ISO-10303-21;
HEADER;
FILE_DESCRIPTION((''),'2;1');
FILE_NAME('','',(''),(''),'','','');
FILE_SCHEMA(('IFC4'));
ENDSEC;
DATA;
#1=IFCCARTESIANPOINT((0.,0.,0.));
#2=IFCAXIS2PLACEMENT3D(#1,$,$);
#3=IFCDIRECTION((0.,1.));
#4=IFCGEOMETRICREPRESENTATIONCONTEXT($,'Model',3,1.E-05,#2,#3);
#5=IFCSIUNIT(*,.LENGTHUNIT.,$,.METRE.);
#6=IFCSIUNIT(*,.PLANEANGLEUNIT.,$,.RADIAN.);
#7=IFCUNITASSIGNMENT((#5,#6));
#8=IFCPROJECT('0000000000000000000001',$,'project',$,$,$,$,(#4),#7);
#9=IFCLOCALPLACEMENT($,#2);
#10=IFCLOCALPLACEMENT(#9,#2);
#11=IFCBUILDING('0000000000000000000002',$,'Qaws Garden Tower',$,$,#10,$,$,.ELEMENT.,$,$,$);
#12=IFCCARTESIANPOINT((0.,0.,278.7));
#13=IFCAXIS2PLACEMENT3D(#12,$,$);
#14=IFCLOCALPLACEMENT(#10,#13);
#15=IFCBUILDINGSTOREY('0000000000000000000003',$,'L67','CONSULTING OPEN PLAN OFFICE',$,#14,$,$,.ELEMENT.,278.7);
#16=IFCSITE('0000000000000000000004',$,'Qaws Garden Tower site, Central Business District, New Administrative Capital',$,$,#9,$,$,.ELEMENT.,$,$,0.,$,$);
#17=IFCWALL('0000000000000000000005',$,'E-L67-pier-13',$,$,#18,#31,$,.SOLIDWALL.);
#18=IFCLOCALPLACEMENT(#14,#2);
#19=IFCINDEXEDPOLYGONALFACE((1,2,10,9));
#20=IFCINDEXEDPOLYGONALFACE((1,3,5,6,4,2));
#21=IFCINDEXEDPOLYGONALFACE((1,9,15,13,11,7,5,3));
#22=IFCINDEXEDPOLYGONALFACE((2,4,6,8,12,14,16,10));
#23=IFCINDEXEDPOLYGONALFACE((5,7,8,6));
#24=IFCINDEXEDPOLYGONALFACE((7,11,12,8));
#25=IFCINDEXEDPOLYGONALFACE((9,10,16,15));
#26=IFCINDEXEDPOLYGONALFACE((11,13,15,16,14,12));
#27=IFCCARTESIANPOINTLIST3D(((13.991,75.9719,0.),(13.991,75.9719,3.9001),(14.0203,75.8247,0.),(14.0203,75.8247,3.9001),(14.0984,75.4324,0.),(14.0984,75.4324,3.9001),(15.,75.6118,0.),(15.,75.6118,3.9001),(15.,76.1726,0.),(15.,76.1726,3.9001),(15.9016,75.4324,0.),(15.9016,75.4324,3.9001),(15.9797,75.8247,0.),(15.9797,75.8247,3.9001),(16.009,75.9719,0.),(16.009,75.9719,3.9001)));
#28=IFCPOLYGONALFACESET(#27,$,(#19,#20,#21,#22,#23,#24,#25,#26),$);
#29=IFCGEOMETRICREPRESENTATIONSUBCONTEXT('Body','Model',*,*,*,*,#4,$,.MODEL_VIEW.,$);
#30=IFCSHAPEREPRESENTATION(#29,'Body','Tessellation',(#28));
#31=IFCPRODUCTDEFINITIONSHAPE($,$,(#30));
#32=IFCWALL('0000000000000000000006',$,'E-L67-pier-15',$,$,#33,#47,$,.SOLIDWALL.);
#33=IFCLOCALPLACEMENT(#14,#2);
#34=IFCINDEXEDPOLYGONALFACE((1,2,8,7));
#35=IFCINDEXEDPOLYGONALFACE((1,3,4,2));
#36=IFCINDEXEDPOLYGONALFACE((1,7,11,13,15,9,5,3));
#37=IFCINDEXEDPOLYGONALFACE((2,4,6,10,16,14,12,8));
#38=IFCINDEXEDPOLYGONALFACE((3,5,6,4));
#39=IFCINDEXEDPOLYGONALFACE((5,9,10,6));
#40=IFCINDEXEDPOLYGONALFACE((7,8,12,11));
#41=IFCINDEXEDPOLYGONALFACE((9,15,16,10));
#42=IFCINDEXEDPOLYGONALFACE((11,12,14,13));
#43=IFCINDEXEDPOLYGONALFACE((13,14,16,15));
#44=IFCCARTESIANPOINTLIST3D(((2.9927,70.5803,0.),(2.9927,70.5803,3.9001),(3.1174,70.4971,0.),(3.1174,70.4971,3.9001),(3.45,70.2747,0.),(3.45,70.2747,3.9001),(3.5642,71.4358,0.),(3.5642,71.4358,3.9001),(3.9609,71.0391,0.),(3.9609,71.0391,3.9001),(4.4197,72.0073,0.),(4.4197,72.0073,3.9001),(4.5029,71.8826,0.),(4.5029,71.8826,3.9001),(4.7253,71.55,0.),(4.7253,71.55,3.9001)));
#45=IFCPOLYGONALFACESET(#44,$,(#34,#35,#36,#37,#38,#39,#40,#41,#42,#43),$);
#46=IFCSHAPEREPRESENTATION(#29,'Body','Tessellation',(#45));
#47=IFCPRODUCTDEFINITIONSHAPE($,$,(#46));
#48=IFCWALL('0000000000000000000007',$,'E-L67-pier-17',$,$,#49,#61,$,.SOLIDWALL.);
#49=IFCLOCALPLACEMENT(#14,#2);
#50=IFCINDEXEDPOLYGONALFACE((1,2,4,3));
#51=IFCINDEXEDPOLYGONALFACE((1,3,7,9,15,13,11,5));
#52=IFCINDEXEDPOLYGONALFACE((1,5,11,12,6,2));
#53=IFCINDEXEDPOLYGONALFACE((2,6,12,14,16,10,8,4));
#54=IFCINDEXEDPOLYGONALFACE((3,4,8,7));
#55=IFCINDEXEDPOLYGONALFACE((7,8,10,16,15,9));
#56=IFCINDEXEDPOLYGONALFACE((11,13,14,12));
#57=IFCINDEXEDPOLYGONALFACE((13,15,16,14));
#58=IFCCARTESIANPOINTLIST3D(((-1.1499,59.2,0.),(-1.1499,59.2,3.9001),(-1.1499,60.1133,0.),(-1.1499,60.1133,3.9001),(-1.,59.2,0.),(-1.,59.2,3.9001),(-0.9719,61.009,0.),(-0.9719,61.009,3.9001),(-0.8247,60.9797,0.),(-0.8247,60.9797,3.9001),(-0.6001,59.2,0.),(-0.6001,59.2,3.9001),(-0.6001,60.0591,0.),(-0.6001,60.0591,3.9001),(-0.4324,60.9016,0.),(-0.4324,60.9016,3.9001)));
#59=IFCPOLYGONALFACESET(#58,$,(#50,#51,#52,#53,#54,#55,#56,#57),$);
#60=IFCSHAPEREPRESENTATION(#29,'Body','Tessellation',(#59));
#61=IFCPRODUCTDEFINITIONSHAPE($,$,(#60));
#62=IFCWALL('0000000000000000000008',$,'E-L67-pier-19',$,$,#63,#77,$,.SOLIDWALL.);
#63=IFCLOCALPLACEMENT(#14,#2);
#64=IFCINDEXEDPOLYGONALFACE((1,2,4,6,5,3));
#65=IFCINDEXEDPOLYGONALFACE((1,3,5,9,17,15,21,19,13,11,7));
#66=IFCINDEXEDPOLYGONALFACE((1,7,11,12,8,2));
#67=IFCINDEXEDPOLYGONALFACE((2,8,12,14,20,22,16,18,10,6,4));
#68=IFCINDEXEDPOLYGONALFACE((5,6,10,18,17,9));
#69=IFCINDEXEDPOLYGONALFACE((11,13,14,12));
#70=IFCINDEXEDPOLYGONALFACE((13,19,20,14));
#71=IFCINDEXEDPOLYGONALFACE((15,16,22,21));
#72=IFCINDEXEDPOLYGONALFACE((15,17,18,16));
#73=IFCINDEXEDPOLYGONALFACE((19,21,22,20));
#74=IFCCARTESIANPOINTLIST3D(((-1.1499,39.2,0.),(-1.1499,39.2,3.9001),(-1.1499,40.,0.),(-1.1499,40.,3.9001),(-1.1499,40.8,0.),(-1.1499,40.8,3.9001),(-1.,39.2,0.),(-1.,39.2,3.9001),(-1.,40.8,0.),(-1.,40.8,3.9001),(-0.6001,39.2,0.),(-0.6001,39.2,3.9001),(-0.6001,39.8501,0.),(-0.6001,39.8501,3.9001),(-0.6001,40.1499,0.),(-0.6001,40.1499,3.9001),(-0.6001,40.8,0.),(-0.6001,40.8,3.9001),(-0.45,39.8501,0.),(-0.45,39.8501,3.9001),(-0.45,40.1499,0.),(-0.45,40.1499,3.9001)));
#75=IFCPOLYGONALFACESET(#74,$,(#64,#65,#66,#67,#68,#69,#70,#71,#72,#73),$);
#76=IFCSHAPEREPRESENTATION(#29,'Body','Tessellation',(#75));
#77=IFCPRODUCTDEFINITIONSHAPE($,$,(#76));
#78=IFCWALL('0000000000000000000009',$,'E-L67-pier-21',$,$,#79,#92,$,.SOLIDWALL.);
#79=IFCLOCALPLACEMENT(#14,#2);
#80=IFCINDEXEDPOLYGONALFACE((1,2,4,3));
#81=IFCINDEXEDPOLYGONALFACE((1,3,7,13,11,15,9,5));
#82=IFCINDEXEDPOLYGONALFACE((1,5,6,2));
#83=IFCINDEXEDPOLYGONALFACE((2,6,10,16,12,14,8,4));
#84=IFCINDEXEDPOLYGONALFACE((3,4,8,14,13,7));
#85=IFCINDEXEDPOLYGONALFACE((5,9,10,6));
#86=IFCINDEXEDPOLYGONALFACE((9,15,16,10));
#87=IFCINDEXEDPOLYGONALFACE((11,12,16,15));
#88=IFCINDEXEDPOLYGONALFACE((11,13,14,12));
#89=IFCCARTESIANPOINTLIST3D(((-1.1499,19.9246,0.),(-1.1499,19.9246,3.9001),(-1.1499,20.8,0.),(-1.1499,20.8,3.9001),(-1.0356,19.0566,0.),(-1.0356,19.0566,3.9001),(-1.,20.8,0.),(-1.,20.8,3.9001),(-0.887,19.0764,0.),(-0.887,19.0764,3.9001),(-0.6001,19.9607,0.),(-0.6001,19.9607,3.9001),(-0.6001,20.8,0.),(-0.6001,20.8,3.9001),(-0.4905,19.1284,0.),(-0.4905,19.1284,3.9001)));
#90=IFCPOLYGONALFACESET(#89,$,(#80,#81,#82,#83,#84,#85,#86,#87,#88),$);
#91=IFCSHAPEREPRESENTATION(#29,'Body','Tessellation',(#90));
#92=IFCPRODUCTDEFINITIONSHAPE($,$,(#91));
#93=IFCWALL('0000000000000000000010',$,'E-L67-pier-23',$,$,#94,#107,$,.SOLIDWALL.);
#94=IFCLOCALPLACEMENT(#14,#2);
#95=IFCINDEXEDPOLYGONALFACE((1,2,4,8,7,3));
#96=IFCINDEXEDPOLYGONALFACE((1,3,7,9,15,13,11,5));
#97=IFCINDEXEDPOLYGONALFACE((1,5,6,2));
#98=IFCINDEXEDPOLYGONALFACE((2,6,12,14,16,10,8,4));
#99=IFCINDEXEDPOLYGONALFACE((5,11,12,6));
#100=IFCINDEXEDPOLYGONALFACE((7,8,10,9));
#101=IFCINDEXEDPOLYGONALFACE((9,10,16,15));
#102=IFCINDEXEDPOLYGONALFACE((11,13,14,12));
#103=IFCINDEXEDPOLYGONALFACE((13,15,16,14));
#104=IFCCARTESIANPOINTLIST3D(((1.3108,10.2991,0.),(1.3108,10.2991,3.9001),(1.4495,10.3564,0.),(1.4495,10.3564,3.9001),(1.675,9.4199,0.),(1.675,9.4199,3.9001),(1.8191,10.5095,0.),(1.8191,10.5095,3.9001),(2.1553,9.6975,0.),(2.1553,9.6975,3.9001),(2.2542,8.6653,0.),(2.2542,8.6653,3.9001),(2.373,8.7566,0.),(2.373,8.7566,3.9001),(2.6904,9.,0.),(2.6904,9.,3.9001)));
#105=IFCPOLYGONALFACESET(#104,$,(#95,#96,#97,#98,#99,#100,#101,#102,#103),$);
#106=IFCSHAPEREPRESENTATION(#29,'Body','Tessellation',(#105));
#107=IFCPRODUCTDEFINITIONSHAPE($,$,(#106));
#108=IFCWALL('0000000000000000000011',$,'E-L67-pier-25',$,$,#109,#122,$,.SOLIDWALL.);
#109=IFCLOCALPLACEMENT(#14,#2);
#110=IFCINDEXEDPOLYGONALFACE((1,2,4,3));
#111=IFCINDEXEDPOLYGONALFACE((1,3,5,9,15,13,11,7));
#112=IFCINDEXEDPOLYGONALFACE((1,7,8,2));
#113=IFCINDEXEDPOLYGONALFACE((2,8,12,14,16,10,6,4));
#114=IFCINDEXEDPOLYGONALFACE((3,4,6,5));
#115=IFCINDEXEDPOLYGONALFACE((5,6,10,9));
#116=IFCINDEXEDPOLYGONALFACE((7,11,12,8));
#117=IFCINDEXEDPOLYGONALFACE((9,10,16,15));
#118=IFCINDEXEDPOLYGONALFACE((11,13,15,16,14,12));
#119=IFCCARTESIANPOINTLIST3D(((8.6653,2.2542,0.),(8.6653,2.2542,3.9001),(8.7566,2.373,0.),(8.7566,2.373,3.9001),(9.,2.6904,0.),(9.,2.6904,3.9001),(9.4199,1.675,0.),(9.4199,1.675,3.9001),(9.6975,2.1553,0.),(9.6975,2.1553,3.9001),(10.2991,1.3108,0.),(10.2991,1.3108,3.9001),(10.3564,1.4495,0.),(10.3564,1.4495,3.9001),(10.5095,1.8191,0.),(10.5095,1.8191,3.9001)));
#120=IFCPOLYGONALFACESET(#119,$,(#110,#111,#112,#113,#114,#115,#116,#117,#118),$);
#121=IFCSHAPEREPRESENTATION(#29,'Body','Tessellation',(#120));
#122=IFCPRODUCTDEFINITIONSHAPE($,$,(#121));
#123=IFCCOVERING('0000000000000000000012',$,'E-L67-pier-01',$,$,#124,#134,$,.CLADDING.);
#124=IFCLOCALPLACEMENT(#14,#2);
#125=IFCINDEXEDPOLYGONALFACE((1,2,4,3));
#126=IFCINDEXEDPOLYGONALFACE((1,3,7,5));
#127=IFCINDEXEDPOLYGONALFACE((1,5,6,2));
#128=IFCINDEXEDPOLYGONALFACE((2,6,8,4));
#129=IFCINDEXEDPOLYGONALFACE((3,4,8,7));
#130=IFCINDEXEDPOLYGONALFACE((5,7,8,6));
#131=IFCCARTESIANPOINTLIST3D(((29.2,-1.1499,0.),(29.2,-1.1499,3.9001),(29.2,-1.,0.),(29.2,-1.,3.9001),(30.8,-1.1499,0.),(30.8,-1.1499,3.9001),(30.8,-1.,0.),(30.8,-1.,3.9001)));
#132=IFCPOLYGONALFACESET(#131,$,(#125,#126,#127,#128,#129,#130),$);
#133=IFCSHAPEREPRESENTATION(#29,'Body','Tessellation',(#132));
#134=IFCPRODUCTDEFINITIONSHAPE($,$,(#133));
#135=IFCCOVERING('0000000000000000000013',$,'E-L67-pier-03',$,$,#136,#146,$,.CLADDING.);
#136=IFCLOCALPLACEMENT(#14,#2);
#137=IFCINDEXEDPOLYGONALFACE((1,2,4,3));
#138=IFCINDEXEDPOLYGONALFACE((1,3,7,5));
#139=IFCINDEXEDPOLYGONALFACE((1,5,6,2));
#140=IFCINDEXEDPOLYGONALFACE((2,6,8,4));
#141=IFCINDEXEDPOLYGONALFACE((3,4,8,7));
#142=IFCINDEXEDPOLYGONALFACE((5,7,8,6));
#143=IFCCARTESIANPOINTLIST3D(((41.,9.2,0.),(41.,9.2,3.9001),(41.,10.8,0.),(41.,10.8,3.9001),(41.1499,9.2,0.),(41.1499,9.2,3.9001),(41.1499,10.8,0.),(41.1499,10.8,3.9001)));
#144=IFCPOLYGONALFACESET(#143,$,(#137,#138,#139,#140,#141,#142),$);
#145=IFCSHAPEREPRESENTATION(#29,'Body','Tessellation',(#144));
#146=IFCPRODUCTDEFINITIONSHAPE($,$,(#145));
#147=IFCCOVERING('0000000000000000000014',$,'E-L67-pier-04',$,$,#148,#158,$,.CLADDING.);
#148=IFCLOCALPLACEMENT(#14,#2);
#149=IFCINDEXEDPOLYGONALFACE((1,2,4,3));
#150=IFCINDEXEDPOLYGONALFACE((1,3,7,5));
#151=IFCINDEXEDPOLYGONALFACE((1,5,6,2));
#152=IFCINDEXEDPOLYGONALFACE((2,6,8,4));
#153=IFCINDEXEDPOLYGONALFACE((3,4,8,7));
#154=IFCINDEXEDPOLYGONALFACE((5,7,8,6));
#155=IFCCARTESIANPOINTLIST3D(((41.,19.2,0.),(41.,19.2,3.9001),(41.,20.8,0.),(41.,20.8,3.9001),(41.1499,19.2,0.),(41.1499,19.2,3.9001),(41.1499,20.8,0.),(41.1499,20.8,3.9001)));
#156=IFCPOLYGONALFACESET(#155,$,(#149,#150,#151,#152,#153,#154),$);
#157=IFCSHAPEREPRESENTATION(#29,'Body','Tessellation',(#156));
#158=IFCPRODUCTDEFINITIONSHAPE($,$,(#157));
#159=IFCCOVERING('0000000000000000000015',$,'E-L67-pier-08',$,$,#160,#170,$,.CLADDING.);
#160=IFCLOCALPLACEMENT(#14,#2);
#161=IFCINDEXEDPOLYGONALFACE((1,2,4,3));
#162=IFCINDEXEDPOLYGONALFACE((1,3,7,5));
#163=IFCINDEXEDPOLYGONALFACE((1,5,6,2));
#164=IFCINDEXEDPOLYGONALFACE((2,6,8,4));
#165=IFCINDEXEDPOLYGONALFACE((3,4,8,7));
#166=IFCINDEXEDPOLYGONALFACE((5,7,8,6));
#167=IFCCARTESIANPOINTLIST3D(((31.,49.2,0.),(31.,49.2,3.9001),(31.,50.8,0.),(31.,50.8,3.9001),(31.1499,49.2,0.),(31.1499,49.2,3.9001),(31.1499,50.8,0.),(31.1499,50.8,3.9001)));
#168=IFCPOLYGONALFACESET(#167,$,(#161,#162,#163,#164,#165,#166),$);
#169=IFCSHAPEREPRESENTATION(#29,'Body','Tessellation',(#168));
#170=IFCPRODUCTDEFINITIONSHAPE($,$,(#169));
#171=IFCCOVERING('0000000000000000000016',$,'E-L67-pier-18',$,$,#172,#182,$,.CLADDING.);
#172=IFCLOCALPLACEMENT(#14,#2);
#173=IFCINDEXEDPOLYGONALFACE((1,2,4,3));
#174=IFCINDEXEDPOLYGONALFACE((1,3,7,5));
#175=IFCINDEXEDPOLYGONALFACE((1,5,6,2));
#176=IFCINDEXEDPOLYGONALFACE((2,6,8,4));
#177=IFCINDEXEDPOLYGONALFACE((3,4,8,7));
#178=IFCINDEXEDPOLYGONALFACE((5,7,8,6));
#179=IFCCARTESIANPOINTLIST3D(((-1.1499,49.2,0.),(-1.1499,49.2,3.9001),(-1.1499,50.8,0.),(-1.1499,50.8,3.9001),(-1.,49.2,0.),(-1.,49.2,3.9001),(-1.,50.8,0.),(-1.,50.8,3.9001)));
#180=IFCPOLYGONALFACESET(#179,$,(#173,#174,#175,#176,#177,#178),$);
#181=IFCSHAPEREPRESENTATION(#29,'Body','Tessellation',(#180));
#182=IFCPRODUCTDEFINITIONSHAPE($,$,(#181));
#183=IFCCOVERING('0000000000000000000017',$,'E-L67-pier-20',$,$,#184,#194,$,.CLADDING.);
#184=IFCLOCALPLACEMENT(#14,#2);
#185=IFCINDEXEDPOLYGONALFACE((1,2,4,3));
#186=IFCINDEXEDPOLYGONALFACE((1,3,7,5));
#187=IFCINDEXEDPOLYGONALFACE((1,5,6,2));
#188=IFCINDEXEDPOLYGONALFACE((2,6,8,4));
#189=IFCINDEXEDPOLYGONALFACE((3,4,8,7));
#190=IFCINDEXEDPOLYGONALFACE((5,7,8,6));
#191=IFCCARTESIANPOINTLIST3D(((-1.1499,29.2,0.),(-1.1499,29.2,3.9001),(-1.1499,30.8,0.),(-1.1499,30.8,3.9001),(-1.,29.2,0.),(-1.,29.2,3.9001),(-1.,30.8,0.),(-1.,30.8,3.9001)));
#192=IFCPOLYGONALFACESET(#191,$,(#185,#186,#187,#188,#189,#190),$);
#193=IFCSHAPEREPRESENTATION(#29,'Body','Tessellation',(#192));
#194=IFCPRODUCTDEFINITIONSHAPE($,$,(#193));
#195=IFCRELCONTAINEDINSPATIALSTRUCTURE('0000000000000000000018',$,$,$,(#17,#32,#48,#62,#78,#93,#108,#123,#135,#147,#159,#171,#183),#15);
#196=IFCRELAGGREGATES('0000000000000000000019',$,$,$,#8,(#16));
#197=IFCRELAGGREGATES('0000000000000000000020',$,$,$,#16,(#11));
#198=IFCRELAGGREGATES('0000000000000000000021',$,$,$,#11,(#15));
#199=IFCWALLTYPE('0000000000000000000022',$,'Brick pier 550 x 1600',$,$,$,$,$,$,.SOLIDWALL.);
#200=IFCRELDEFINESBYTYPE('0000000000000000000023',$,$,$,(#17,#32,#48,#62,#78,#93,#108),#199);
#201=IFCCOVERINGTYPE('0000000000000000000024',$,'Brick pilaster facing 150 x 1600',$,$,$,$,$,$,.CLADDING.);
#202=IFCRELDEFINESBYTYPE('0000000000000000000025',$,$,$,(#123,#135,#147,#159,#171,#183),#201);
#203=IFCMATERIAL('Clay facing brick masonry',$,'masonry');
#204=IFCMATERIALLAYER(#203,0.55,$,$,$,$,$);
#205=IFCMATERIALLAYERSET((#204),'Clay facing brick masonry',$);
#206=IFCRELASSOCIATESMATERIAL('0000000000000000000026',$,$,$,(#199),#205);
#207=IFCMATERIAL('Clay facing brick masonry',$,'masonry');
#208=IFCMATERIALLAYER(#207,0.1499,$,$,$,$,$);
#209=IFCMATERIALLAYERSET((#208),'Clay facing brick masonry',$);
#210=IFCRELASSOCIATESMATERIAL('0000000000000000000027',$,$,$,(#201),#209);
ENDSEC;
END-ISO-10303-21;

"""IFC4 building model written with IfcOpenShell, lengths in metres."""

from ifc_helpers import new_model, si_unit, direction, frame, origin, place, context, subcontext, project, spatial, polyline, outline, extrude, material, layer, layer_set, type_object, element, save


model = new_model("IFC4")

# Units and contexts
model_context = context("Model", 3, precision=1e-05, world=origin(), true_north=direction((0.0, 1.0)))
body_context = subcontext(model_context, "Body", "Model", "MODEL_VIEW")
ifc_project = project(units=[si_unit("LENGTHUNIT", "METRE"), si_unit("PLANEANGLEUNIT", "RADIAN")], contexts=[model_context])

# Site, building, storey
site_placement = place(None, origin())
site = spatial("IfcSite", under=ifc_project, at=site_placement, Name="Qaws Garden Tower site, Central Business District, New Administrative Capital", CompositionType="ELEMENT", RefElevation=0.0)
building_placement = place(site_placement, origin())
building = spatial("IfcBuilding", under=site, at=building_placement, Name="Qaws Garden Tower", CompositionType="ELEMENT")
storey_placement = place(building_placement, frame((0.0, 0.0, 278.7)))
storey = spatial("IfcBuildingStorey", under=building, at=storey_placement, Name="L67", Description="CONSULTING OPEN PLAN OFFICE", CompositionType="ELEMENT", Elevation=278.7)

# Walls
placement_1 = place(storey_placement, origin())
ifc_material_1 = material(Name="Clay facing brick masonry", Category="masonry")
ifc_layer_1 = layer(ifc_material_1, 0.55)
ifc_layer_set_1 = layer_set([ifc_layer_1], Name="Clay facing brick masonry")
wall_type_1 = type_object("IfcWallType", Name="Brick pier 550 x 1600", PredefinedType="SOLIDWALL", material=ifc_layer_set_1)
element("IfcWall", 1, at=placement_1, inside=storey, type_object=wall_type_1, Name="E-L67-pier-13", PredefinedType="SOLIDWALL", context=body_context, shape_type="SweptSolid", body=[
    extrude(outline(polyline([(15.9797, 75.8247), (16.009, 75.9719), (15.0, 76.1726), (13.991, 75.9719), (14.0203, 75.8247), (14.0984, 75.4324), (15.0, 75.6118), (15.9016, 75.4324), (15.9797, 75.8247)])), origin(), (0.0, 0.0, 1.0), 3.9001),
])
element("IfcWall", 2, at=placement_1, inside=storey, type_object=wall_type_1, Name="E-L67-pier-15", PredefinedType="SOLIDWALL", context=body_context, shape_type="SweptSolid", body=[
    extrude(outline(polyline([(4.5029, 71.8826), (4.4197, 72.0073), (3.5642, 71.4358), (2.9927, 70.5803), (3.1174, 70.4971), (3.45, 70.2747), (3.9609, 71.0391), (4.7253, 71.55), (4.5029, 71.8826)])), origin(), (0.0, 0.0, 1.0), 3.9001),
])
element("IfcWall", 3, at=placement_1, inside=storey, type_object=wall_type_1, Name="E-L67-pier-17", PredefinedType="SOLIDWALL", context=body_context, shape_type="SweptSolid", body=[
    extrude(outline(polyline([(-0.8247, 60.9797), (-0.9719, 61.009), (-1.1499, 60.1133), (-1.1499, 59.2), (-1.0, 59.2), (-0.6001, 59.2), (-0.6001, 60.0591), (-0.4324, 60.9016), (-0.8247, 60.9797)])), origin(), (0.0, 0.0, 1.0), 3.9001),
])
element("IfcWall", 4, at=placement_1, inside=storey, type_object=wall_type_1, Name="E-L67-pier-19", PredefinedType="SOLIDWALL", context=body_context, shape_type="SweptSolid", body=[
    extrude(outline(polyline([(-0.6001, 39.2), (-0.6001, 39.8501), (-0.45, 39.8501), (-0.45, 40.1499), (-0.6001, 40.1499), (-0.6001, 40.8), (-1.0, 40.8), (-1.1499, 40.8), (-1.1499, 40.0), (-1.1499, 39.2), (-1.0, 39.2), (-0.6001, 39.2)])), origin(), (0.0, 0.0, 1.0), 3.9001),
])
element("IfcWall", 5, at=placement_1, inside=storey, type_object=wall_type_1, Name="E-L67-pier-21", PredefinedType="SOLIDWALL", context=body_context, shape_type="SweptSolid", body=[
    extrude(outline(polyline([(-1.0, 20.8), (-1.1499, 20.8), (-1.1499, 19.9246), (-1.0356, 19.0566), (-0.887, 19.0764), (-0.4905, 19.1284), (-0.6001, 19.9607), (-0.6001, 20.8), (-1.0, 20.8)])), origin(), (0.0, 0.0, 1.0), 3.9001),
])
element("IfcWall", 6, at=placement_1, inside=storey, type_object=wall_type_1, Name="E-L67-pier-23", PredefinedType="SOLIDWALL", context=body_context, shape_type="SweptSolid", body=[
    extrude(outline(polyline([(1.4495, 10.3564), (1.3108, 10.2991), (1.675, 9.4199), (2.2542, 8.6653), (2.373, 8.7566), (2.6904, 9.0), (2.1553, 9.6975), (1.8191, 10.5095), (1.4495, 10.3564)])), origin(), (0.0, 0.0, 1.0), 3.9001),
])
element("IfcWall", 7, at=placement_1, inside=storey, type_object=wall_type_1, Name="E-L67-pier-25", PredefinedType="SOLIDWALL", context=body_context, shape_type="SweptSolid", body=[
    extrude(outline(polyline([(8.7566, 2.373), (8.6653, 2.2542), (9.4199, 1.675), (10.2991, 1.3108), (10.3564, 1.4495), (10.5095, 1.8191), (9.6975, 2.1553), (9.0, 2.6904), (8.7566, 2.373)])), origin(), (0.0, 0.0, 1.0), 3.9001),
])

# Coverings
ifc_material_2 = material(Name="Clay facing brick masonry", Category="masonry")
ifc_layer_2 = layer(ifc_material_2, 0.1499)
ifc_layer_set_2 = layer_set([ifc_layer_2], Name="Clay facing brick masonry")
covering_type = type_object("IfcCoveringType", Name="Brick pilaster facing 150 x 1600", PredefinedType="CLADDING", material=ifc_layer_set_2)
element("IfcCovering", 8, at=placement_1, inside=storey, type_object=covering_type, Name="E-L67-pier-01", PredefinedType="CLADDING", context=body_context, shape_type="SweptSolid", body=[
    extrude(outline(polyline([(29.2, -1.0), (30.8, -1.0), (30.8, -1.1499), (29.2, -1.1499), (29.2, -1.0)])), origin(), (0.0, 0.0, 1.0), 3.9001),
])
element("IfcCovering", 9, at=placement_1, inside=storey, type_object=covering_type, Name="E-L67-pier-03", PredefinedType="CLADDING", context=body_context, shape_type="SweptSolid", body=[
    extrude(outline(polyline([(41.0, 9.2), (41.0, 10.8), (41.1499, 10.8), (41.1499, 9.2), (41.0, 9.2)])), origin(), (0.0, 0.0, 1.0), 3.9001),
])
element("IfcCovering", 10, at=placement_1, inside=storey, type_object=covering_type, Name="E-L67-pier-04", PredefinedType="CLADDING", context=body_context, shape_type="SweptSolid", body=[
    extrude(outline(polyline([(41.0, 19.2), (41.0, 20.8), (41.1499, 20.8), (41.1499, 19.2), (41.0, 19.2)])), origin(), (0.0, 0.0, 1.0), 3.9001),
])
element("IfcCovering", 11, at=placement_1, inside=storey, type_object=covering_type, Name="E-L67-pier-08", PredefinedType="CLADDING", context=body_context, shape_type="SweptSolid", body=[
    extrude(outline(polyline([(31.0, 49.2), (31.0, 50.8), (31.1499, 50.8), (31.1499, 49.2), (31.0, 49.2)])), origin(), (0.0, 0.0, 1.0), 3.9001),
])
element("IfcCovering", 12, at=placement_1, inside=storey, type_object=covering_type, Name="E-L67-pier-18", PredefinedType="CLADDING", context=body_context, shape_type="SweptSolid", body=[
    extrude(outline(polyline([(-1.0, 50.8), (-1.0, 49.2), (-1.1499, 49.2), (-1.1499, 50.8), (-1.0, 50.8)])), origin(), (0.0, 0.0, 1.0), 3.9001),
])
element("IfcCovering", 13, at=placement_1, inside=storey, type_object=covering_type, Name="E-L67-pier-20", PredefinedType="CLADDING", context=body_context, shape_type="SweptSolid", body=[
    extrude(outline(polyline([(-1.0, 30.8), (-1.0, 29.2), (-1.1499, 29.2), (-1.1499, 30.8), (-1.0, 30.8)])), origin(), (0.0, 0.0, 1.0), 3.9001),
])

save(model, "model.ifc")
